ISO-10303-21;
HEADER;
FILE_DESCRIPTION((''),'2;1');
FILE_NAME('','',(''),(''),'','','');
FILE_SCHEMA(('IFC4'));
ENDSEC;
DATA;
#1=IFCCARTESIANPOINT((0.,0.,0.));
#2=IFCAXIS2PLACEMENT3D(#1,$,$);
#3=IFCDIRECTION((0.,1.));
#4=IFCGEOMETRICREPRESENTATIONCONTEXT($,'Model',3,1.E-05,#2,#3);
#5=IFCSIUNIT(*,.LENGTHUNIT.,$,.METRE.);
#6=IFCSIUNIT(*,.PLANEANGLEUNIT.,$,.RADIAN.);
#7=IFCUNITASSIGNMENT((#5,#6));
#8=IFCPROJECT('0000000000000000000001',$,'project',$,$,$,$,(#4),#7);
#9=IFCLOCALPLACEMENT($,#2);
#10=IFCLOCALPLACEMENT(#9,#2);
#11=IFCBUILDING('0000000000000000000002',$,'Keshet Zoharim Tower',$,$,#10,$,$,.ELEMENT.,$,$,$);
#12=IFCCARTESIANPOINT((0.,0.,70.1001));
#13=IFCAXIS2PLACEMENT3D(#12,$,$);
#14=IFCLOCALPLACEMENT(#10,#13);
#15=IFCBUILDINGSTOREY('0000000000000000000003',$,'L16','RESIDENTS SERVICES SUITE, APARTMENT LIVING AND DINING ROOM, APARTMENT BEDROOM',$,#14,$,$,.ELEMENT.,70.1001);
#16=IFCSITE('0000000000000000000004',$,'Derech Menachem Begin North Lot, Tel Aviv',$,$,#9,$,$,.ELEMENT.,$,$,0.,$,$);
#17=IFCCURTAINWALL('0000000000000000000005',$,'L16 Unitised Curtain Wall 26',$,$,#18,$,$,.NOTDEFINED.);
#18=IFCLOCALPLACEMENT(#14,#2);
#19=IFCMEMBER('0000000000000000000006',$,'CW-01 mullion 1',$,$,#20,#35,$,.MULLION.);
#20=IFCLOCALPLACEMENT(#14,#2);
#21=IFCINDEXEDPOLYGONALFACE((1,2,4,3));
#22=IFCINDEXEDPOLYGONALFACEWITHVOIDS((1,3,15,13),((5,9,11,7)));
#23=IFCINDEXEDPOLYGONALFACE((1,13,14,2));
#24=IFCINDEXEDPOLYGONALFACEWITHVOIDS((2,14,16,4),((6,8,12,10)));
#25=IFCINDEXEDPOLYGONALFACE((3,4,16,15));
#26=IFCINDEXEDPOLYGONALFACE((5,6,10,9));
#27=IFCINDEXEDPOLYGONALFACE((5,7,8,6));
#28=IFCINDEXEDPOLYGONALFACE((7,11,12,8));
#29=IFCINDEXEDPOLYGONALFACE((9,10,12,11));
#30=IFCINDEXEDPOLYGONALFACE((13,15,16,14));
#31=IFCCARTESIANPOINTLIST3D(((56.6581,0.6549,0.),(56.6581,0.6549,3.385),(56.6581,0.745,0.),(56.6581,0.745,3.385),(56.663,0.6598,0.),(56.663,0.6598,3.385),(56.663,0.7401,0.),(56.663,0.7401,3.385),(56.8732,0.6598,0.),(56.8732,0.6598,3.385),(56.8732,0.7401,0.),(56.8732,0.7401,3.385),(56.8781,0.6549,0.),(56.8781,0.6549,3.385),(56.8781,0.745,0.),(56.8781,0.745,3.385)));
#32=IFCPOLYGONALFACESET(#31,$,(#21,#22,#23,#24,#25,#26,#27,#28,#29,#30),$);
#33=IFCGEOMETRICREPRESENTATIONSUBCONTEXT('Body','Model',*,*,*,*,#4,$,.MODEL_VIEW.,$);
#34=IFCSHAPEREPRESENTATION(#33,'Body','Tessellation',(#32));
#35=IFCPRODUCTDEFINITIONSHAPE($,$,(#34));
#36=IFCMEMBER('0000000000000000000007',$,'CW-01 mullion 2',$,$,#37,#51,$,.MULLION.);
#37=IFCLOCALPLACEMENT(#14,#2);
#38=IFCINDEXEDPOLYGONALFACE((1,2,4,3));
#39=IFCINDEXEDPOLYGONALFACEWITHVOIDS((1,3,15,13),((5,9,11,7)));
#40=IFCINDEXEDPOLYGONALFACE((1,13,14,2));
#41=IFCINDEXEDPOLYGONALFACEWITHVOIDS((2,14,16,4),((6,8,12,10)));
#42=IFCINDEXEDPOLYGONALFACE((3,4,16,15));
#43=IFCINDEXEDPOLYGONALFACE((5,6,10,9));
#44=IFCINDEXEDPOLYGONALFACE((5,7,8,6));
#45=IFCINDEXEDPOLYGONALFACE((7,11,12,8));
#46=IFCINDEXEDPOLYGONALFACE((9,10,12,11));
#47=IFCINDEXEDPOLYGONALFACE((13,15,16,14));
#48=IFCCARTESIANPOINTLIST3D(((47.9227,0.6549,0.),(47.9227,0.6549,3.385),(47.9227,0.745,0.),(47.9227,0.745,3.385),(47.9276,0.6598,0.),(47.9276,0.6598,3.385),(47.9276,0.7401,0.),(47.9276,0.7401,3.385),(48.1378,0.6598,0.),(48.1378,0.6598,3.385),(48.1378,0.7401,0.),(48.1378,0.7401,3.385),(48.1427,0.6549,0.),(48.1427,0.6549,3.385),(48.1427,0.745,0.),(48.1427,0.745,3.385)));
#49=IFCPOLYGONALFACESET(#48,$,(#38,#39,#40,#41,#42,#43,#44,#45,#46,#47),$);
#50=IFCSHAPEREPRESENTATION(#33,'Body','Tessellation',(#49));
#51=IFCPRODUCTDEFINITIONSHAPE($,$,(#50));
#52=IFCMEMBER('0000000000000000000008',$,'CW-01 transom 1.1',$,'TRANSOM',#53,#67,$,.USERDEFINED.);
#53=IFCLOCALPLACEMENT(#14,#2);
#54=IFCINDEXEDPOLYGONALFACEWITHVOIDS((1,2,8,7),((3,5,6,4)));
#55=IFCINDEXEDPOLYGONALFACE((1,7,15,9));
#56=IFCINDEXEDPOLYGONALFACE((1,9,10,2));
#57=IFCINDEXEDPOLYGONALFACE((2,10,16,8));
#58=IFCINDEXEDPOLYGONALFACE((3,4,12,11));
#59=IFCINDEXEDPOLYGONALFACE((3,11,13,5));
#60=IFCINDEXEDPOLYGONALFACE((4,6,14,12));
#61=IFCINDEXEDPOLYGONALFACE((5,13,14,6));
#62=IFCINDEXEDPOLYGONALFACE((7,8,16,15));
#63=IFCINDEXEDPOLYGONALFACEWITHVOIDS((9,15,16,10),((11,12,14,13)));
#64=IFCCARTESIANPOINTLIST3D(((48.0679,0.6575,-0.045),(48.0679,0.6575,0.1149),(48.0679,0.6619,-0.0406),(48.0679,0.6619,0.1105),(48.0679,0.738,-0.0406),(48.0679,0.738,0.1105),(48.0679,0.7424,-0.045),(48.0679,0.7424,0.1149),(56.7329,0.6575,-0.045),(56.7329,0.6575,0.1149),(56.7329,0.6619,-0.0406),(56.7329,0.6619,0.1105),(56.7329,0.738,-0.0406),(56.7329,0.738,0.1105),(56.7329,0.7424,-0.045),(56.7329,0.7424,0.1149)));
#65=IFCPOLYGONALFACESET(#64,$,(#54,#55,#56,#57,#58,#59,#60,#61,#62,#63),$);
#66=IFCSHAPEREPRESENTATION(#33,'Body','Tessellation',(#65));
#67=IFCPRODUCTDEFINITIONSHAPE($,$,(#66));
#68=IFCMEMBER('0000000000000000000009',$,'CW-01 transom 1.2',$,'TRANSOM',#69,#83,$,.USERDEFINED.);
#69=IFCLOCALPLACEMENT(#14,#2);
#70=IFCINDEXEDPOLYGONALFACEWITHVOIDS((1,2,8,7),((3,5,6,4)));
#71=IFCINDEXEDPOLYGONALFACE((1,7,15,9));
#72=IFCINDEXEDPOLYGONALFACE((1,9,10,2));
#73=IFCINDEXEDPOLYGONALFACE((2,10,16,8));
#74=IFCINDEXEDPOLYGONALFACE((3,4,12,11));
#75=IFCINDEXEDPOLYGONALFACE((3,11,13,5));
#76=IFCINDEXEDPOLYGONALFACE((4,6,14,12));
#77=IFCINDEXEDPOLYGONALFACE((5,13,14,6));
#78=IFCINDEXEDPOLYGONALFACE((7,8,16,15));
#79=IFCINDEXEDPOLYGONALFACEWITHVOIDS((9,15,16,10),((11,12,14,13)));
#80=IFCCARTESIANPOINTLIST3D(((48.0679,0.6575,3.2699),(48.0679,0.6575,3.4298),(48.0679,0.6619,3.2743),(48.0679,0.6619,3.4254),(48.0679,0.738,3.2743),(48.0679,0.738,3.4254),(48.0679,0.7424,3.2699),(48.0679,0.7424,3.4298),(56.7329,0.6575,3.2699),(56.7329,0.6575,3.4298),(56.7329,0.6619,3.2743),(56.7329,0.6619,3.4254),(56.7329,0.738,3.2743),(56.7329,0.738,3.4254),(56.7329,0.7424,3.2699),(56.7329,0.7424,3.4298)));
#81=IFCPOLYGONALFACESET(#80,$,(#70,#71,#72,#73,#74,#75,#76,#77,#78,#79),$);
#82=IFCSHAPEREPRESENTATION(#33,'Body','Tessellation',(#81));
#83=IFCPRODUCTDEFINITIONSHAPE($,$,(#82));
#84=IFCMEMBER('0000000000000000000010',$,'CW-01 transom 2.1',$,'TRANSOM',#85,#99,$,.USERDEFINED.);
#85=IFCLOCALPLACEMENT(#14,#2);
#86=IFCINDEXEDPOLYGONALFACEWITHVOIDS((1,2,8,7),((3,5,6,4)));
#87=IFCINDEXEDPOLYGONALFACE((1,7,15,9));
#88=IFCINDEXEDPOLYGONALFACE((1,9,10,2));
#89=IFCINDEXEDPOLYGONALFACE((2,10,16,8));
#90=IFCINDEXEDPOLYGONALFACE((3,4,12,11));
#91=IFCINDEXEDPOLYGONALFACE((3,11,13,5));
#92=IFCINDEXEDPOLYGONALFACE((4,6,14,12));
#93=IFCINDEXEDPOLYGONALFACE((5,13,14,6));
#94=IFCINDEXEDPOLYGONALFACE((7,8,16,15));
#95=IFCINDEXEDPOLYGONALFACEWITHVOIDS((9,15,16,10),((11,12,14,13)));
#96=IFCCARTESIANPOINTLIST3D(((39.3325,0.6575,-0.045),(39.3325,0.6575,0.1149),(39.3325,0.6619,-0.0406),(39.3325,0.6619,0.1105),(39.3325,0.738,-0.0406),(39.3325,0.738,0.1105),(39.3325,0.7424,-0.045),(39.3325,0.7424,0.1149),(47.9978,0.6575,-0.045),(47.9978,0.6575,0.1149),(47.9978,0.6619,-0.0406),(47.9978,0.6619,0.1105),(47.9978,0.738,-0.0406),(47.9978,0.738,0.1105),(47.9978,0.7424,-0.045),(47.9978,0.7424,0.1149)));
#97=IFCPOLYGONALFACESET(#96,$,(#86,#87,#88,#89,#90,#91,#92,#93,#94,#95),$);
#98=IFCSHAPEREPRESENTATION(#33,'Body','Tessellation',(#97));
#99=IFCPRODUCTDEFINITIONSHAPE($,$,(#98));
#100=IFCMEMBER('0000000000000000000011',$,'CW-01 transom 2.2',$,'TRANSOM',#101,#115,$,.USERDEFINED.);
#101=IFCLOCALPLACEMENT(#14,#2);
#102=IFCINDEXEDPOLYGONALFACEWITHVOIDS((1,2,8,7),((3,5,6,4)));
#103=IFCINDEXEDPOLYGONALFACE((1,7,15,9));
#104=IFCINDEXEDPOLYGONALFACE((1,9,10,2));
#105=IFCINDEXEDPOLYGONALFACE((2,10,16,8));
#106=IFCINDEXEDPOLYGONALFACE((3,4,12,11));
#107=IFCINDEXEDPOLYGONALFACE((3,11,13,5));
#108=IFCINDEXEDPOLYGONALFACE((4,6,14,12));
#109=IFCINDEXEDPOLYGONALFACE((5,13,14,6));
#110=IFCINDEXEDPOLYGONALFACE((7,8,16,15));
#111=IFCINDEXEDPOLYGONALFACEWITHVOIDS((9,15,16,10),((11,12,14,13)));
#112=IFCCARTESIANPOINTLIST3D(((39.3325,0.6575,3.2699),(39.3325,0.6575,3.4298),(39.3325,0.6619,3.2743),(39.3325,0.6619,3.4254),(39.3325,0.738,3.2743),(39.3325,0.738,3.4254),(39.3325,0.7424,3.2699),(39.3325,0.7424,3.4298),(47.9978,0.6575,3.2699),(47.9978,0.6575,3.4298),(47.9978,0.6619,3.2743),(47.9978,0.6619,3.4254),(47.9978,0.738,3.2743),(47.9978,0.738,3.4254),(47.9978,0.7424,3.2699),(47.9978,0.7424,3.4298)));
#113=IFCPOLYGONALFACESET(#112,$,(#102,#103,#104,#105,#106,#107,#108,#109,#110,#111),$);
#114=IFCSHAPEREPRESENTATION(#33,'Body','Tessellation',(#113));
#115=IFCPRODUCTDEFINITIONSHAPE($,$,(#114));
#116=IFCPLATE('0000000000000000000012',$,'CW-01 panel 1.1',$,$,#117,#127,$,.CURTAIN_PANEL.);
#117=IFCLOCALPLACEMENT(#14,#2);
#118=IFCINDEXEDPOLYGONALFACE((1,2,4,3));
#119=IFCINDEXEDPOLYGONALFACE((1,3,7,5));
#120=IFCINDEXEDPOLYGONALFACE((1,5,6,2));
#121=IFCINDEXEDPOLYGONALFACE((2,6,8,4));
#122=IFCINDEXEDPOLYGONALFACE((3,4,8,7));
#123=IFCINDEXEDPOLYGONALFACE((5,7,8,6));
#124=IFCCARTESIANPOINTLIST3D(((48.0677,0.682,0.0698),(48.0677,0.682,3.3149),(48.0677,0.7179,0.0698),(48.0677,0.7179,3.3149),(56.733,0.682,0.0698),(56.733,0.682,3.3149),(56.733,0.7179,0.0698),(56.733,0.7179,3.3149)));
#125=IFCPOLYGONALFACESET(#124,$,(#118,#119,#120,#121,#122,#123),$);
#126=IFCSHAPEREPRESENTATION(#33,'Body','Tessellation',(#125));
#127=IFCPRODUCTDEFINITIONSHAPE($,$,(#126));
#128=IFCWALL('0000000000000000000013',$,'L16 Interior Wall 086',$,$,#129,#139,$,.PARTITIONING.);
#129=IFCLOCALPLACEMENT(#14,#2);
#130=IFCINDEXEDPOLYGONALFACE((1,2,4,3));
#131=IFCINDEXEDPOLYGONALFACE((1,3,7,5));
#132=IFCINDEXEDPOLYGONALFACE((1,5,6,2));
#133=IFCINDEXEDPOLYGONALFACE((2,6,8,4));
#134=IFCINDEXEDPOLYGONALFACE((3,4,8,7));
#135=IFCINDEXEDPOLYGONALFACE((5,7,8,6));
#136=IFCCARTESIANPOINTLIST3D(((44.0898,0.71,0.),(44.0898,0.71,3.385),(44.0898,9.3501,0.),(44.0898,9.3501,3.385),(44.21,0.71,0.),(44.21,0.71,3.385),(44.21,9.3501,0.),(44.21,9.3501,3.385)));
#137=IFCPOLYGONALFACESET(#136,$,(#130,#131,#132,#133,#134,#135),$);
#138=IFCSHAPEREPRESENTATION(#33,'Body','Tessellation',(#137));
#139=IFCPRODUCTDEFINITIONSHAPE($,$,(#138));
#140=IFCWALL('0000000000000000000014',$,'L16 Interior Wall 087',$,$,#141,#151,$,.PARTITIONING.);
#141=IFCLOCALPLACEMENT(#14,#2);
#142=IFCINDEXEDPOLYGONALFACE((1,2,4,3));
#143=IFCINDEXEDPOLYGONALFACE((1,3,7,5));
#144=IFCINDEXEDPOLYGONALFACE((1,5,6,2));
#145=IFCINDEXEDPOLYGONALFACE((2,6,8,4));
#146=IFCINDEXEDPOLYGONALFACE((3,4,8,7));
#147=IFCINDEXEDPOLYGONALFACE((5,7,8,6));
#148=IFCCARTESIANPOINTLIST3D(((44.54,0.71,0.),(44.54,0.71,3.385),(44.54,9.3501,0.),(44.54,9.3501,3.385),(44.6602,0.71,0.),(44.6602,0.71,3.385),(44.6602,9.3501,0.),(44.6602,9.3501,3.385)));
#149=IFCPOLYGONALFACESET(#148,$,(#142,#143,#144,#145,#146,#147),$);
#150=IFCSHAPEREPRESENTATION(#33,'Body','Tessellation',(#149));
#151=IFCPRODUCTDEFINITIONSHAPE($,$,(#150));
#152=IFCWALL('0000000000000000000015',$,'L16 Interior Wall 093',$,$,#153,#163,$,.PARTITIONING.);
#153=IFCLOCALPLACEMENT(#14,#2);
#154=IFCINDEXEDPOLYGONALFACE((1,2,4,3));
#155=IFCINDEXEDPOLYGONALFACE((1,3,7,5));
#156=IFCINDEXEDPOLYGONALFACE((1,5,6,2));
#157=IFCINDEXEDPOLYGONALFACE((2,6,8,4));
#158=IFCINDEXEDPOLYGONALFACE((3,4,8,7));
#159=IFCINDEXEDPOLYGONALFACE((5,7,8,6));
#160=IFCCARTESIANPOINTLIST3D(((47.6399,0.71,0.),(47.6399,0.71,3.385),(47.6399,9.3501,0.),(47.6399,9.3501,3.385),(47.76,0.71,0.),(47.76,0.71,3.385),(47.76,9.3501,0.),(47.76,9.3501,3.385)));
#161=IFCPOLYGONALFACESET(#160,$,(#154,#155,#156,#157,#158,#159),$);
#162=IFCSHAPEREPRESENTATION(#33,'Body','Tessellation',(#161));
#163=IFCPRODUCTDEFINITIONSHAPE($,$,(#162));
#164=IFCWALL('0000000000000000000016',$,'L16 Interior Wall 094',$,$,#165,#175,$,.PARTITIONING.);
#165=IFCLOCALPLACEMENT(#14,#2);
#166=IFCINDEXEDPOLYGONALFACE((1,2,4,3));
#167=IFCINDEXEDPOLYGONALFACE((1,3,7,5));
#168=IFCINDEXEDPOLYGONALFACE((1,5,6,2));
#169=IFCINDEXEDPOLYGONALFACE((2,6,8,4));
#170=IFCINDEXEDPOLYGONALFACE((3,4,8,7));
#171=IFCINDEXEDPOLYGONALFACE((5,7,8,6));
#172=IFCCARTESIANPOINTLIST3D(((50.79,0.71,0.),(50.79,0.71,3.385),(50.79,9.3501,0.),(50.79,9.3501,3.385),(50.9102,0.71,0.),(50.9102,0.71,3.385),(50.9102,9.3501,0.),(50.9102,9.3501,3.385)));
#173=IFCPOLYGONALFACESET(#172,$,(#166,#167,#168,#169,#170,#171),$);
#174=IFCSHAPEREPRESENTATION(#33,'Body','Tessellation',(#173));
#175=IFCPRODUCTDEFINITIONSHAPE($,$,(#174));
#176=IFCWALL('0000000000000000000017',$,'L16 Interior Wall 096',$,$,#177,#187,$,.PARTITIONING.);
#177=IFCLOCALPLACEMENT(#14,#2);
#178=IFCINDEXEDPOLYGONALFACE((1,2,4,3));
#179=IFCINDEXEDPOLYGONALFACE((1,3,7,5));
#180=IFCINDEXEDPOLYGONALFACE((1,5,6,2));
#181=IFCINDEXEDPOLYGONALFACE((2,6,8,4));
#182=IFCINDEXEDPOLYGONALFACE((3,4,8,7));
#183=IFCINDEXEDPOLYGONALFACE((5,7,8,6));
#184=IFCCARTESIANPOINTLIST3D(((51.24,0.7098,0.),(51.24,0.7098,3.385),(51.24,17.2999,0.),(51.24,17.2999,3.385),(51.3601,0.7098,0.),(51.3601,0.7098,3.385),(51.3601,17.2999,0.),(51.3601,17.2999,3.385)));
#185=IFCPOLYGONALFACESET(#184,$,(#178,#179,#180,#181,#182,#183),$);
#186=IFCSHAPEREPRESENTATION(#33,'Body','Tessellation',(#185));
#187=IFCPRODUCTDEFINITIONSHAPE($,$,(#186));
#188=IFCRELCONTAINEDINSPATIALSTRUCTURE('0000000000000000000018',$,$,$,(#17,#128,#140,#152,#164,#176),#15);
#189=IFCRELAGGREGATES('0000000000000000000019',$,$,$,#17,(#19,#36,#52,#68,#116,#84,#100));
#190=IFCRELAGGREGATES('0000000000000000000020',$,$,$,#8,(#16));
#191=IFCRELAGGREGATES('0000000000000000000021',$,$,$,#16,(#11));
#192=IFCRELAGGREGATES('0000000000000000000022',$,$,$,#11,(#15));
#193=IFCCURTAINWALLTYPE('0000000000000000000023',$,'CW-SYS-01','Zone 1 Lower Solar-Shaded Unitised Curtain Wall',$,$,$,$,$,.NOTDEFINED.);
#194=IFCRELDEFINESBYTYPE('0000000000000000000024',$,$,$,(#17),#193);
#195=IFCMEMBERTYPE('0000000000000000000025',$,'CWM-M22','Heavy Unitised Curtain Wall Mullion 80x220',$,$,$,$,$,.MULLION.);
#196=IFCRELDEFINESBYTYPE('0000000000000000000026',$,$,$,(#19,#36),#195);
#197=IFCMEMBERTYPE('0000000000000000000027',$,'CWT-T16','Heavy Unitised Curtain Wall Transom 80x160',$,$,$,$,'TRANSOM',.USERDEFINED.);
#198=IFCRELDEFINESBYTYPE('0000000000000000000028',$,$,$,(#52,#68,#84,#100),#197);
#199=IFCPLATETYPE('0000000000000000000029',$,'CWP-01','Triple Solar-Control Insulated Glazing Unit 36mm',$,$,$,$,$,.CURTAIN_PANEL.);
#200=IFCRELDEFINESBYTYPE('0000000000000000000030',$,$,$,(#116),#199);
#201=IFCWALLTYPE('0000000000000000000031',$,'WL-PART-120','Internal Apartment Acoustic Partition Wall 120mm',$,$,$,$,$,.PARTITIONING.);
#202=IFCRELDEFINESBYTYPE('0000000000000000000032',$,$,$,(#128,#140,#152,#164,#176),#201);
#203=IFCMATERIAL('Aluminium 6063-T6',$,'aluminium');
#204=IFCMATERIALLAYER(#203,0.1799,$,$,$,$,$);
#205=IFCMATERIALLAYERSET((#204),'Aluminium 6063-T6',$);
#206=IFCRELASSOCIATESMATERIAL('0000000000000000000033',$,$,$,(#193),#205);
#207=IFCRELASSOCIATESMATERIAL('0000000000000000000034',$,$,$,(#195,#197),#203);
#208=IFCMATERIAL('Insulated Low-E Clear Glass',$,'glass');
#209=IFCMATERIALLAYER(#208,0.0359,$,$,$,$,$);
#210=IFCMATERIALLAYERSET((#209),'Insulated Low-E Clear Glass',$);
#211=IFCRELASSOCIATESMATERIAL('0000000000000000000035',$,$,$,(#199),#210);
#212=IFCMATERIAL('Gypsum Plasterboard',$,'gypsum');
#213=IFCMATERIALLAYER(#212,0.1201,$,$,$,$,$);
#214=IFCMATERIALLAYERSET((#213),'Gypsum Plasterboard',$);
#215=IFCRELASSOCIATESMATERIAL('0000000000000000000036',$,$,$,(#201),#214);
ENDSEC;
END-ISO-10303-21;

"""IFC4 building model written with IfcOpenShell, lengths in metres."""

from ifc_helpers import new_model, si_unit, direction, frame, frame_2d, origin, origin_2d, place, context, subcontext, project, spatial, rectangle, hollow_rectangle, extrude, material, layer, layer_set, material_profile, profile_set, type_object, element, aggregate, save


model = new_model("IFC4")

# Units and contexts
model_context = context("Model", 3, precision=1e-05, world=origin(), true_north=direction((0.0, 1.0)))
body_context = subcontext(model_context, "Body", "Model", "MODEL_VIEW")
ifc_project = project(units=[si_unit("LENGTHUNIT", "METRE"), si_unit("PLANEANGLEUNIT", "RADIAN")], contexts=[model_context])

# Site, building, storey
site_placement = place(None, origin())
site = spatial("IfcSite", under=ifc_project, at=site_placement, Name="Derech Menachem Begin North Lot, Tel Aviv", CompositionType="ELEMENT", RefElevation=0.0)
building_placement = place(site_placement, origin())
building = spatial("IfcBuilding", under=site, at=building_placement, Name="Keshet Zoharim Tower", CompositionType="ELEMENT")
storey_placement = place(building_placement, frame((0.0, 0.0, 70.1001)))
storey = spatial("IfcBuildingStorey", under=building, at=storey_placement, Name="L16", Description="RESIDENTS SERVICES SUITE, APARTMENT LIVING AND DINING ROOM, APARTMENT BEDROOM", CompositionType="ELEMENT", Elevation=70.1001)

# Curtain wall, members, plate
ifc_material_1 = material(Name="Aluminium 6063-T6", Category="aluminium")
ifc_layer_1 = layer(ifc_material_1, 0.1799)
ifc_layer_set_1 = layer_set([ifc_layer_1], Name="Aluminium 6063-T6")
curtain_wall_type = type_object("IfcCurtainWallType", Name="CW-SYS-01", Description="Zone 1 Lower Solar-Shaded Unitised Curtain Wall", PredefinedType="NOTDEFINED", material=ifc_layer_set_1)
curtain_wall_placement = place(storey_placement, origin())
curtain_wall = element("IfcCurtainWall", 1, at=curtain_wall_placement, inside=storey, type_object=curtain_wall_type, Name="L16 Unitised Curtain Wall 26", PredefinedType="NOTDEFINED")
ifc_material_profile_1 = material_profile(ifc_material_1, hollow_rectangle(XDim=0.0901, YDim=0.22, WallThickness=0.0049, at=origin_2d()), Name="MUL-90x220")
ifc_profile_set_1 = profile_set([ifc_material_profile_1], Name="Aluminium 6063-T6")
member_type_1 = type_object("IfcMemberType", Name="CWM-M22", Description="Heavy Unitised Curtain Wall Mullion 80x220", PredefinedType="MULLION", material=ifc_profile_set_1)
member_1_placement = place(storey_placement, frame((56.7681, 0.7, 0.0), z_axis=(0.0, 0.0, 1.0), x_axis=(0.0, -1.0, 0.0)))
member_1 = element("IfcMember", 2, at=member_1_placement, type_object=member_type_1, Name="CW-01 mullion 1", PredefinedType="MULLION", context=body_context, shape_type="SweptSolid", body=[
    extrude(hollow_rectangle(XDim=0.0901, YDim=0.22, WallThickness=0.0049, at=origin_2d()), origin(), (0.0, 0.0, 1.0), 3.385),
])
member_2_placement = place(storey_placement, frame((48.0327, 0.7, 0.0), z_axis=(0.0, 0.0, 1.0), x_axis=(0.0, -1.0, 0.0)))
member_2 = element("IfcMember", 3, at=member_2_placement, type_object=member_type_1, Name="CW-01 mullion 2", PredefinedType="MULLION", context=body_context, shape_type="SweptSolid", body=[
    extrude(hollow_rectangle(XDim=0.0901, YDim=0.22, WallThickness=0.0049, at=origin_2d()), origin(), (0.0, 0.0, 1.0), 3.385),
])
ifc_material_profile_2 = material_profile(ifc_material_1, hollow_rectangle(XDim=0.085, YDim=0.1599, WallThickness=0.0044, at=origin_2d()), Name="TRN-85x160")
ifc_profile_set_2 = profile_set([ifc_material_profile_2], Name="Aluminium 6063-T6")
member_type_2 = type_object("IfcMemberType", Name="CWT-T16", Description="Heavy Unitised Curtain Wall Transom 80x160", ElementType="TRANSOM", PredefinedType="USERDEFINED", material=ifc_profile_set_2)
member_3_placement = place(storey_placement, frame((56.7329, 0.7, 0.0349), z_axis=(-1.0, 0.0, 0.0), x_axis=(0.0, -1.0, 0.0)))
member_3 = element("IfcMember", 4, at=member_3_placement, type_object=member_type_2, Name="CW-01 transom 1.1", ObjectType="TRANSOM", PredefinedType="USERDEFINED", context=body_context, shape_type="SweptSolid", body=[
    extrude(hollow_rectangle(XDim=0.085, YDim=0.1599, WallThickness=0.0044, at=origin_2d()), origin(), (0.0, 0.0, 1.0), 8.665),
])
member_4_placement = place(storey_placement, frame((56.7329, 0.7, 3.3499), z_axis=(-1.0, 0.0, 0.0), x_axis=(0.0, -1.0, 0.0)))
member_4 = element("IfcMember", 5, at=member_4_placement, type_object=member_type_2, Name="CW-01 transom 1.2", ObjectType="TRANSOM", PredefinedType="USERDEFINED", context=body_context, shape_type="SweptSolid", body=[
    extrude(hollow_rectangle(XDim=0.085, YDim=0.1599, WallThickness=0.0044, at=origin_2d()), origin(), (0.0, 0.0, 1.0), 8.665),
])
member_5_placement = place(storey_placement, frame((47.9978, 0.7, 0.0349), z_axis=(-1.0, 0.0, 0.0), x_axis=(0.0, -1.0, 0.0)))
member_5 = element("IfcMember", 6, at=member_5_placement, type_object=member_type_2, Name="CW-01 transom 2.1", ObjectType="TRANSOM", PredefinedType="USERDEFINED", context=body_context, shape_type="SweptSolid", body=[
    extrude(hollow_rectangle(XDim=0.085, YDim=0.1599, WallThickness=0.0044, at=origin_2d()), origin(), (0.0, 0.0, 1.0), 8.6653),
])
member_6_placement = place(storey_placement, frame((47.9978, 0.7, 3.3499), z_axis=(-1.0, 0.0, 0.0), x_axis=(0.0, -1.0, 0.0)))
member_6 = element("IfcMember", 7, at=member_6_placement, type_object=member_type_2, Name="CW-01 transom 2.2", ObjectType="TRANSOM", PredefinedType="USERDEFINED", context=body_context, shape_type="SweptSolid", body=[
    extrude(hollow_rectangle(XDim=0.085, YDim=0.1599, WallThickness=0.0044, at=origin_2d()), origin(), (0.0, 0.0, 1.0), 8.6653),
])
ifc_material_2 = material(Name="Insulated Low-E Clear Glass", Category="glass")
ifc_layer_2 = layer(ifc_material_2, 0.0359)
ifc_layer_set_2 = layer_set([ifc_layer_2], Name="Insulated Low-E Clear Glass")
plate_type = type_object("IfcPlateType", Name="CWP-01", Description="Triple Solar-Control Insulated Glazing Unit 36mm", PredefinedType="CURTAIN_PANEL", material=ifc_layer_set_2)
plate_placement = place(storey_placement, frame((52.4004, 0.7, 0.0698), z_axis=(0.0, 0.0, 1.0), x_axis=(-1.0, 0.0, 0.0)))
plate = element("IfcPlate", 8, at=plate_placement, type_object=plate_type, Name="CW-01 panel 1.1", PredefinedType="CURTAIN_PANEL", context=body_context, shape_type="SweptSolid", body=[
    extrude(rectangle(XDim=8.6653, YDim=0.0359, at=origin_2d()), origin(), (0.0, 0.0, 1.0), 3.2451),
])
aggregate(curtain_wall, [member_1, member_2, member_3, member_4, plate, member_5, member_6])

# Walls
ifc_material_3 = material(Name="Gypsum Plasterboard", Category="gypsum")
ifc_layer_3 = layer(ifc_material_3, 0.1201)
ifc_layer_set_3 = layer_set([ifc_layer_3], Name="Gypsum Plasterboard")
wall_type = type_object("IfcWallType", Name="WL-PART-120", Description="Internal Apartment Acoustic Partition Wall 120mm", PredefinedType="PARTITIONING", material=ifc_layer_set_3)
for number, where, z_axis, x_axis, name in (
    (9, (44.1499, 0.71, 0.0), (0.0, 0.0, 1.0), (0.0, 1.0, 0.0), "L16 Interior Wall 086"),
    (10, (44.6001, 0.71, 0.0), (0.0, 0.0, 1.0), (0.0, 1.0, 0.0), "L16 Interior Wall 087"),
    (11, (47.7, 0.71, 0.0), (0.0, 0.0, 1.0), (0.0, 1.0, 0.0), "L16 Interior Wall 093"),
    (12, (50.8501, 0.71, 0.0), (0.0, 0.0, 1.0), (0.0, 1.0, 0.0), "L16 Interior Wall 094"),
):
    element("IfcWall", number, at=place(storey_placement, frame(where, z_axis=z_axis, x_axis=x_axis)), inside=storey, type_object=wall_type, Name=name, PredefinedType="PARTITIONING", context=body_context, shape_type="SweptSolid", body=[
        extrude(rectangle(XDim=8.6401, YDim=0.1201, at=frame_2d((4.3201, 0.0))), origin(), (0.0, 0.0, 1.0), 3.385),
    ])
wall_1_placement = place(storey_placement, frame((51.3, 0.71, 0.0), z_axis=(0.0, 0.0, 1.0), x_axis=(0.0, 1.0, 0.0)))
element("IfcWall", 13, at=wall_1_placement, inside=storey, type_object=wall_type, Name="L16 Interior Wall 096", PredefinedType="PARTITIONING", context=body_context, shape_type="SweptSolid", body=[
    extrude(rectangle(XDim=16.5901, YDim=0.1201, at=frame_2d((8.2949, 0.0))), origin(), (0.0, 0.0, 1.0), 3.385),
])

save(model, "model.ifc")
